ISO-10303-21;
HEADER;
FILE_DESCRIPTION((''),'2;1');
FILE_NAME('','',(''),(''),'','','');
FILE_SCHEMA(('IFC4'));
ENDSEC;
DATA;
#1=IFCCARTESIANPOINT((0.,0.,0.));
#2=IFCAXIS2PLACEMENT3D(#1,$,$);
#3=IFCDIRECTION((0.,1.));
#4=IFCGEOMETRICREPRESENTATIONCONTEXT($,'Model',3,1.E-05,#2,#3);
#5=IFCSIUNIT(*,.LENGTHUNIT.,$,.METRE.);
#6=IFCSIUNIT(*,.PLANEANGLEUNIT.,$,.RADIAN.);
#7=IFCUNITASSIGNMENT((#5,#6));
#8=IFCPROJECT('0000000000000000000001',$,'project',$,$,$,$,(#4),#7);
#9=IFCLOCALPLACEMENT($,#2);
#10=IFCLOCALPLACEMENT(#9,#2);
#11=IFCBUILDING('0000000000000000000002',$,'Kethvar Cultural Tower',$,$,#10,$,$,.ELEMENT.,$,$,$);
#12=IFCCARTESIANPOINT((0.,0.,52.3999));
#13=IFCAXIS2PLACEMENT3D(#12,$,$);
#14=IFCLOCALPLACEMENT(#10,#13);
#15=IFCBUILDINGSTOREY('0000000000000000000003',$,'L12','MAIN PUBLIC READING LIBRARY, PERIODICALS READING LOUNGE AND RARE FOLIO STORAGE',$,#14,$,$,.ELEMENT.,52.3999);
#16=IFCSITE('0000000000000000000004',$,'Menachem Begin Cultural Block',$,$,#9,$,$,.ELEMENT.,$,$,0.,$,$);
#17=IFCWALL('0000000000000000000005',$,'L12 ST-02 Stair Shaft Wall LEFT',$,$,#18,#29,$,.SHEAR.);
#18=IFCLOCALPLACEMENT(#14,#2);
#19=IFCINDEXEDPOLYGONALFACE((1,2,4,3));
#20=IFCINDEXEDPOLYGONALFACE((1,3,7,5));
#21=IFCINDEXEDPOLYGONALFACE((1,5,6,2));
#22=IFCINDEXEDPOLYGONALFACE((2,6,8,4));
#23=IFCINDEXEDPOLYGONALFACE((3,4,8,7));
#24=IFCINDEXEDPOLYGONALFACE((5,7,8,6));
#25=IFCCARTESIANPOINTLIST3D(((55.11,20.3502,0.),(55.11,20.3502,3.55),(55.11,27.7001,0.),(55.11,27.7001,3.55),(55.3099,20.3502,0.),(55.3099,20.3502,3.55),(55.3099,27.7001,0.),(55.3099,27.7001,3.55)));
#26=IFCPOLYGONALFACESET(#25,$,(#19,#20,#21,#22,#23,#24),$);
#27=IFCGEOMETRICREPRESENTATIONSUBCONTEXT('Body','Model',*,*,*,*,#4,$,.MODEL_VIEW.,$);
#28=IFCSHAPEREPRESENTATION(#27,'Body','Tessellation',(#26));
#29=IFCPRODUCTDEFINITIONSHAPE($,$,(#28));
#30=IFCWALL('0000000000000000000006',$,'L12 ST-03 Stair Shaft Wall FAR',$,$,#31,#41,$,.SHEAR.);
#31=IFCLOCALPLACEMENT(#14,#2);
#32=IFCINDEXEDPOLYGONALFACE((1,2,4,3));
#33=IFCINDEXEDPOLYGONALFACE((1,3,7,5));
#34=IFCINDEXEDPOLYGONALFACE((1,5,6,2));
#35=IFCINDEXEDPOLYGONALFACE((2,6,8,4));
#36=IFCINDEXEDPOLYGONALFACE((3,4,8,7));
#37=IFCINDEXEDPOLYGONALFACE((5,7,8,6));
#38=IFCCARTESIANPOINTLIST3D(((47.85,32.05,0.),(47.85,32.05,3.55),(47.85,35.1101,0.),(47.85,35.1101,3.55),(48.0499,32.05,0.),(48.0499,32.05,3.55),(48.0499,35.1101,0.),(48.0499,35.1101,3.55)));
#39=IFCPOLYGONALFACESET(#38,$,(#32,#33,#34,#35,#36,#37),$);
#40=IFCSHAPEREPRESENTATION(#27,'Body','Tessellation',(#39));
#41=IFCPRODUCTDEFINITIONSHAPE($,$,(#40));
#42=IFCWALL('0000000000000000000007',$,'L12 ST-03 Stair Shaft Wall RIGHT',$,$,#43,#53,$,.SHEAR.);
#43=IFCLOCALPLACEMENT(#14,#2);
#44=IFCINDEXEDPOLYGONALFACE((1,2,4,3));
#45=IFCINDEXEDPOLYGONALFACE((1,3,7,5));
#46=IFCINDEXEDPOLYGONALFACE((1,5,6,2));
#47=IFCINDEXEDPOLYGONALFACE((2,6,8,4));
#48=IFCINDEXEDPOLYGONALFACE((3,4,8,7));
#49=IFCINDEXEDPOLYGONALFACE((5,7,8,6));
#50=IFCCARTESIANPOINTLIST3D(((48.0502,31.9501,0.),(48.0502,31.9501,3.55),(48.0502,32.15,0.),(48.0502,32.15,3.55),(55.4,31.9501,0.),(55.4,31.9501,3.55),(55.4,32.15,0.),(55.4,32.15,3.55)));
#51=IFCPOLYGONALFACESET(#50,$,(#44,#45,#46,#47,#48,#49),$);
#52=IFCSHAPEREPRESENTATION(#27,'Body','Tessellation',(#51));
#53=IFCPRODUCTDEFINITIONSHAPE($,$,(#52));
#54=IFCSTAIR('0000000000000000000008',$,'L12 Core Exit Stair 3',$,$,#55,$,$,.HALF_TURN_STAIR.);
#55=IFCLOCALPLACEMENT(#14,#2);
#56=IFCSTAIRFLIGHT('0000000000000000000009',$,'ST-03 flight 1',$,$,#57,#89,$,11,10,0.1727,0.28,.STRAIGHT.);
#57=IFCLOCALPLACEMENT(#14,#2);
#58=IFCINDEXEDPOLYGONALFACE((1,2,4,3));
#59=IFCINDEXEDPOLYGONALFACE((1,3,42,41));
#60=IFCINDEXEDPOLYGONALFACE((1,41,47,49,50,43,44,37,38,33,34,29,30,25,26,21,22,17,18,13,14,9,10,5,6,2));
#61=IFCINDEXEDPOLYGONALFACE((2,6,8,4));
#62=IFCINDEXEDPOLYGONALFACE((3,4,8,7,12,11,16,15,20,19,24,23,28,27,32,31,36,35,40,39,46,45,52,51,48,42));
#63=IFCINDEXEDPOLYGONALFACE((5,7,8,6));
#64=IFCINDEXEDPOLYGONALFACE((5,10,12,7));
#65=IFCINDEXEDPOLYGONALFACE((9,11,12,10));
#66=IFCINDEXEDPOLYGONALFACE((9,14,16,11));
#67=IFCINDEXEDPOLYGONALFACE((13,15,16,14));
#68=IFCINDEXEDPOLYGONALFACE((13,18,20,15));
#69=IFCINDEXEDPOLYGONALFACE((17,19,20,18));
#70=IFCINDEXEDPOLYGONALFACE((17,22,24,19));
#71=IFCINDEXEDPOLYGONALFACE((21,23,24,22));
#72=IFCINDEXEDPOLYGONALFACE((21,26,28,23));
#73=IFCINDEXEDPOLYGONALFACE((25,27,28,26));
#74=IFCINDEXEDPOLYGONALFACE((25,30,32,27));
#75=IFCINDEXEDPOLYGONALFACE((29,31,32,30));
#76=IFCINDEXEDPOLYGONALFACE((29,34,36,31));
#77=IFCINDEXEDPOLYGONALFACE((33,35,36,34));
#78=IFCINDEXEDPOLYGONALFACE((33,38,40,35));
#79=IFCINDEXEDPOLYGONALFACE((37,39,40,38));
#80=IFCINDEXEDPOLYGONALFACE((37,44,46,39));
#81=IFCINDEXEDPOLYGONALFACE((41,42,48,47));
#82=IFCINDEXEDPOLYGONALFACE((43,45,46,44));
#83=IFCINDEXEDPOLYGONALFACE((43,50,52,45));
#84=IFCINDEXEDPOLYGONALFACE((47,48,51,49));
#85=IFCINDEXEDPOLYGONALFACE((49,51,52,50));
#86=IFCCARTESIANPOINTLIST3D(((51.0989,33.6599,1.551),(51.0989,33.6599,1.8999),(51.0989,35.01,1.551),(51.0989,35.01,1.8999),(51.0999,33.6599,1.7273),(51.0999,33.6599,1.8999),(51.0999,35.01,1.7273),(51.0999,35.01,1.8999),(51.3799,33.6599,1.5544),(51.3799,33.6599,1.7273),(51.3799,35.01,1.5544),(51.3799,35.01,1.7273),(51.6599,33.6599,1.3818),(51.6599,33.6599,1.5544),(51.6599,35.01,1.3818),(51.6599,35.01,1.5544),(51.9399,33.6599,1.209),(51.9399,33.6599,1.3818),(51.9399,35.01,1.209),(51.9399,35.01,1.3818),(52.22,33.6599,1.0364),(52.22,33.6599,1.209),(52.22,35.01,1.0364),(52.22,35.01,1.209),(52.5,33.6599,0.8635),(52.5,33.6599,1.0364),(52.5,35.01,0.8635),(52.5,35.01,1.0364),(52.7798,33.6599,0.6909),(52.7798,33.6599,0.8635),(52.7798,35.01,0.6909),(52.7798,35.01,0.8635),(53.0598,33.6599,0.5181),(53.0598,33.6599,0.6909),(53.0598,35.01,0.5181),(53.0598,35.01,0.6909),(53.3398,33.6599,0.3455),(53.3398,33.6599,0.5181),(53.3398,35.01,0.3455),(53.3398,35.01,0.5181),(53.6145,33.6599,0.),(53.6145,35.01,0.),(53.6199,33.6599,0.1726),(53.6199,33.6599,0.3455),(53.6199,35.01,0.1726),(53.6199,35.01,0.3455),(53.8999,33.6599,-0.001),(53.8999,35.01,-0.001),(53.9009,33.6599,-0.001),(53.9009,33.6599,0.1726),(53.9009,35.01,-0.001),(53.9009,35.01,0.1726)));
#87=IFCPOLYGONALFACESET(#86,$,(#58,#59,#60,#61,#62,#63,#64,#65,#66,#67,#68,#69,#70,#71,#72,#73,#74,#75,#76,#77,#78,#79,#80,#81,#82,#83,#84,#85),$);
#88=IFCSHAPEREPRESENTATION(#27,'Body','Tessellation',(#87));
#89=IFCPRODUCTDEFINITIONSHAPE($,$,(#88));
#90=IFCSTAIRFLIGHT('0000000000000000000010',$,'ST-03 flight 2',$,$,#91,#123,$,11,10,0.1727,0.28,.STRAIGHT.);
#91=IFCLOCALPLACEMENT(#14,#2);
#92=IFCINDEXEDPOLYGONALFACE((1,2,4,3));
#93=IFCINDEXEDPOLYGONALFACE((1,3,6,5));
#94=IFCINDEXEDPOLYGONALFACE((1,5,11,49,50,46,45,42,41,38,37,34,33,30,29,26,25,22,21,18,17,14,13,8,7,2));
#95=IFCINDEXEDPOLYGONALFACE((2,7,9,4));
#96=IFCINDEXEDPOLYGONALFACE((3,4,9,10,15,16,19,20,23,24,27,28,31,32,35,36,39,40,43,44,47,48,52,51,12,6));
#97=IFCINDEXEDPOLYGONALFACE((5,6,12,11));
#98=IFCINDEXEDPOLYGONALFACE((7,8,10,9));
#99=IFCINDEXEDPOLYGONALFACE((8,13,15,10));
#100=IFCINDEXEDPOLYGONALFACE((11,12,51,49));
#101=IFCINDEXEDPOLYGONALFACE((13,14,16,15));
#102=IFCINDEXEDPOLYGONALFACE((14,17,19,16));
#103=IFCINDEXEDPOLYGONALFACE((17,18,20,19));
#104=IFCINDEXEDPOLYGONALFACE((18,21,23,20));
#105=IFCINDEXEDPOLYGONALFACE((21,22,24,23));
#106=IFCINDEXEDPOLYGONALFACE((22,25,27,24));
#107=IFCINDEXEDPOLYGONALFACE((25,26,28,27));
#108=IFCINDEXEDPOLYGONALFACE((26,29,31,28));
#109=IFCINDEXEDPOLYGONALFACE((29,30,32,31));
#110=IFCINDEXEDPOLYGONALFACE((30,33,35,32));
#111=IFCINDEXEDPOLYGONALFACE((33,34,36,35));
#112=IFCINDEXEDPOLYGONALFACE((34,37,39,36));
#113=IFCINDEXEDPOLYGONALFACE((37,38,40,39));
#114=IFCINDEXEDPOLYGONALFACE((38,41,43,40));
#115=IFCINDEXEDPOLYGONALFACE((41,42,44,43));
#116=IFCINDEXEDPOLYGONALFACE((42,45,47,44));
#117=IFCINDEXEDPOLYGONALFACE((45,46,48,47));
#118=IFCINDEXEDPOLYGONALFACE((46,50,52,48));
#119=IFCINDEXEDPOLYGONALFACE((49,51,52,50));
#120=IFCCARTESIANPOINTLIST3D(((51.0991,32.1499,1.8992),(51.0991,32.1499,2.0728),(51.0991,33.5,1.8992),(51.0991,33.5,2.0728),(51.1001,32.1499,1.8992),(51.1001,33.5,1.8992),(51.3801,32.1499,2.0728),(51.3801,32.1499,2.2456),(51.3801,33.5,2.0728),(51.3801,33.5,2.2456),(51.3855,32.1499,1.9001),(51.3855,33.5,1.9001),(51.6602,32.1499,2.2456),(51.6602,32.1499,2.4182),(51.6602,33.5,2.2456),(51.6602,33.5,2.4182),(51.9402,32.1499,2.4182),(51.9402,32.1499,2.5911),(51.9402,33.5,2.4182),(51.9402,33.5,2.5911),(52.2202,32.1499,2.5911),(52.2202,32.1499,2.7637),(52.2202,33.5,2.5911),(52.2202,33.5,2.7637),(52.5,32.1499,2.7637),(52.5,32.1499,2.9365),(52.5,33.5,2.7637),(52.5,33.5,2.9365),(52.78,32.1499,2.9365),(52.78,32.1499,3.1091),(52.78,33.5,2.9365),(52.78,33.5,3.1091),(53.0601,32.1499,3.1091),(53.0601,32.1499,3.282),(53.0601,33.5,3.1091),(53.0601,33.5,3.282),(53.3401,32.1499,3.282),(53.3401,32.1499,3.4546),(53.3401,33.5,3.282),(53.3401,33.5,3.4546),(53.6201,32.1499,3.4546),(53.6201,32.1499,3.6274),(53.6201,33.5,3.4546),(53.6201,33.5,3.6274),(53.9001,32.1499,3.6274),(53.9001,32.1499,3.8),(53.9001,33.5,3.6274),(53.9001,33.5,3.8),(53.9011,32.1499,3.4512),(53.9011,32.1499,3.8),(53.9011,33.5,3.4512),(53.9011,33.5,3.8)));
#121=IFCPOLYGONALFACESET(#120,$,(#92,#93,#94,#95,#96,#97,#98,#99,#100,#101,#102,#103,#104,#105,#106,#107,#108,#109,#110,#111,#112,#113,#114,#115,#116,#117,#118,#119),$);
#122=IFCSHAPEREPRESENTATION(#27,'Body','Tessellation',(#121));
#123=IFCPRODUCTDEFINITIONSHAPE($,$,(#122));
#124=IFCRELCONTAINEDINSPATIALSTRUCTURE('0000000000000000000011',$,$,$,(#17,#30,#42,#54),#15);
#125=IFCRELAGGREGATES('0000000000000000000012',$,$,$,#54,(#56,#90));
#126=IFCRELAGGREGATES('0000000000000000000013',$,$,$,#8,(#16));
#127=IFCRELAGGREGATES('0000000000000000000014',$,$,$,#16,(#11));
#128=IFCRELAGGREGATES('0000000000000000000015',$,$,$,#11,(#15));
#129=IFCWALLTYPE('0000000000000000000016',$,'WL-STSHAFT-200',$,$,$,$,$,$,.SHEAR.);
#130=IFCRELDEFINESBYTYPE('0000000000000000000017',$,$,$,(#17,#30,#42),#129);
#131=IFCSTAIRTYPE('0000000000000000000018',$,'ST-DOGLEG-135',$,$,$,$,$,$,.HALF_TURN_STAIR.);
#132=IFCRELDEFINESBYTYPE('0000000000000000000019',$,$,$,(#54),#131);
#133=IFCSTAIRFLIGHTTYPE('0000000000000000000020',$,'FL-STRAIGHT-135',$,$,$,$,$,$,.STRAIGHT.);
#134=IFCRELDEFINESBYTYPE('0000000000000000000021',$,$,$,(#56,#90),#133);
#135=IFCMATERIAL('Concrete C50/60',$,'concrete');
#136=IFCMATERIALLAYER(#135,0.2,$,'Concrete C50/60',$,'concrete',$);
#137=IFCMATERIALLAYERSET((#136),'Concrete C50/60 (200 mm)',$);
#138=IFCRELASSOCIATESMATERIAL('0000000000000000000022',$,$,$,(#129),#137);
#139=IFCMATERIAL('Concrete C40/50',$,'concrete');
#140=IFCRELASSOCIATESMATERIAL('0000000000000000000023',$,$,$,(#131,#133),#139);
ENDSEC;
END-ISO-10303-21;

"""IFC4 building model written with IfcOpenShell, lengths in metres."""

from ifc_helpers import new_model, si_unit, direction, frame, frame_2d, origin, place, context, subcontext, project, spatial, polyline, rectangle, outline, extrude, material, layer, layer_set, type_object, element, aggregate, save


model = new_model("IFC4")

# Units and contexts
model_context = context("Model", 3, precision=1e-05, world=origin(), true_north=direction((0.0, 1.0)))
body_context = subcontext(model_context, "Body", "Model", "MODEL_VIEW")
ifc_project = project(units=[si_unit("LENGTHUNIT", "METRE"), si_unit("PLANEANGLEUNIT", "RADIAN")], contexts=[model_context])

# Site, building, storey
site_placement = place(None, origin())
site = spatial("IfcSite", under=ifc_project, at=site_placement, Name="Menachem Begin Cultural Block", CompositionType="ELEMENT", RefElevation=0.0)
building_placement = place(site_placement, origin())
building = spatial("IfcBuilding", under=site, at=building_placement, Name="Kethvar Cultural Tower", CompositionType="ELEMENT")
storey_placement = place(building_placement, frame((0.0, 0.0, 52.3999)))
storey = spatial("IfcBuildingStorey", under=building, at=storey_placement, Name="L12", Description="MAIN PUBLIC READING LIBRARY, PERIODICALS READING LOUNGE AND RARE FOLIO STORAGE", CompositionType="ELEMENT", Elevation=52.3999)

# Walls
ifc_material_1 = material(Name="Concrete C40/50", Category="concrete")
ifc_material_2 = material(Name="Concrete C50/60", Category="concrete")
ifc_layer_1 = layer(ifc_material_2, 0.2, Name="Concrete C50/60", Category="concrete")
ifc_layer_set_1 = layer_set([ifc_layer_1], Name="Concrete C50/60 (200 mm)")
wall_type_1 = type_object("IfcWallType", Name="WL-STSHAFT-200", PredefinedType="SHEAR", material=ifc_layer_set_1)
wall_1_placement = place(storey_placement, frame((55.21, 27.7, 0.0), z_axis=(0.0, 0.0, 1.0), x_axis=(0.0, -1.0, 0.0)))
element("IfcWall", 1, at=wall_1_placement, inside=storey, type_object=wall_type_1, Name="L12 ST-02 Stair Shaft Wall LEFT", PredefinedType="SHEAR", context=body_context, shape_type="SweptSolid", body=[
    extrude(rectangle(XDim=7.3499, YDim=0.2, at=frame_2d((3.6748, 0.0))), origin(), (0.0, 0.0, 1.0), 3.55),
])
wall_2_placement = place(storey_placement, frame((47.95, 32.05, 0.0), z_axis=(0.0, 0.0, 1.0), x_axis=(0.0, 1.0, 0.0)))
element("IfcWall", 2, at=wall_2_placement, inside=storey, type_object=wall_type_1, Name="L12 ST-03 Stair Shaft Wall FAR", PredefinedType="SHEAR", context=body_context, shape_type="SweptSolid", body=[
    extrude(rectangle(XDim=3.0601, YDim=0.2, at=frame_2d((1.53, 0.0))), origin(), (0.0, 0.0, 1.0), 3.55),
])
wall_3_placement = place(storey_placement, frame((55.3999, 32.05, 0.0), z_axis=(0.0, 0.0, 1.0), x_axis=(-1.0, 0.0, 0.0)))
element("IfcWall", 3, at=wall_3_placement, inside=storey, type_object=wall_type_1, Name="L12 ST-03 Stair Shaft Wall RIGHT", PredefinedType="SHEAR", context=body_context, shape_type="SweptSolid", body=[
    extrude(rectangle(XDim=7.3499, YDim=0.2, at=frame_2d((3.6748, 0.0))), origin(), (0.0, 0.0, 1.0), 3.55),
])

# Stair, stair flights
stair_type = type_object("IfcStairType", Name="ST-DOGLEG-135", PredefinedType="HALF_TURN_STAIR", material=ifc_material_1)
stair_placement = place(storey_placement, origin())
stair = element("IfcStair", 4, at=stair_placement, inside=storey, type_object=stair_type, Name="L12 Core Exit Stair 3", PredefinedType="HALF_TURN_STAIR")
stair_flight_type = type_object("IfcStairFlightType", Name="FL-STRAIGHT-135", PredefinedType="STRAIGHT", material=ifc_material_1)
stair_flight_1_placement = place(storey_placement, frame((53.8999, 34.335, 0.0), z_axis=(0.0, 0.0, 1.0), x_axis=(-1.0, 0.0, 0.0)))
stair_flight_1 = element("IfcStairFlight", 5, at=stair_flight_1_placement, type_object=stair_flight_type, Name="ST-03 flight 1", NumberOfRisers=11, NumberOfTreads=10, PredefinedType="STRAIGHT", RiserHeight=0.1727, TreadLength=0.28, context=body_context, shape_type="SweptSolid", body=[
    extrude(outline(polyline([(-0.001, -0.001), (-0.001, 0.1726), (0.28, 0.1726), (0.28, 0.3455), (0.5601, 0.3455), (0.5601, 0.5181), (0.8401, 0.5181), (0.8401, 0.6909), (1.1201, 0.6909), (1.1201, 0.8635), (1.3999, 0.8635), (1.3999, 1.0364), (1.6799, 1.0364), (1.6799, 1.209), (1.96, 1.209), (1.96, 1.3818), (2.24, 1.3818), (2.24, 1.5544), (2.52, 1.5544), (2.52, 1.7273), (2.8, 1.7273), (2.8, 1.8999), (2.801, 1.8999), (2.801, 1.551), (0.2854, 0.0), (0.0, -0.001), (-0.001, -0.001)])), frame((0.0, 0.675, 0.0), z_axis=(0.0, -1.0, 0.0), x_axis=(1.0, 0.0, 0.0)), (0.0, 0.0, 1.0), 1.3501),
])
stair_flight_2_placement = place(storey_placement, frame((51.1001, 32.825, 1.9001), z_axis=(0.0, 0.0, 1.0), x_axis=(1.0, 0.0, 0.0)))
stair_flight_2 = element("IfcStairFlight", 6, at=stair_flight_2_placement, type_object=stair_flight_type, Name="ST-03 flight 2", NumberOfRisers=11, NumberOfTreads=10, PredefinedType="STRAIGHT", RiserHeight=0.1727, TreadLength=0.28, context=body_context, shape_type="SweptSolid", body=[
    extrude(outline(polyline([(-0.001, -0.001), (-0.001, 0.1726), (0.28, 0.1726), (0.28, 0.3455), (0.5601, 0.3455), (0.5601, 0.5181), (0.8401, 0.5181), (0.8401, 0.6909), (1.1201, 0.6909), (1.1201, 0.8635), (1.3999, 0.8635), (1.3999, 1.0364), (1.6799, 1.0364), (1.6799, 1.209), (1.96, 1.209), (1.96, 1.3818), (2.24, 1.3818), (2.24, 1.5544), (2.52, 1.5544), (2.52, 1.7273), (2.8, 1.7273), (2.8, 1.8999), (2.801, 1.8999), (2.801, 1.551), (0.2854, 0.0), (0.0, -0.001), (-0.001, -0.001)])), frame((0.0, 0.675, 0.0), z_axis=(0.0, -1.0, 0.0), x_axis=(1.0, 0.0, 0.0)), (0.0, 0.0, 1.0), 1.3501),
])
aggregate(stair, [stair_flight_1, stair_flight_2])

save(model, "model.ifc")
